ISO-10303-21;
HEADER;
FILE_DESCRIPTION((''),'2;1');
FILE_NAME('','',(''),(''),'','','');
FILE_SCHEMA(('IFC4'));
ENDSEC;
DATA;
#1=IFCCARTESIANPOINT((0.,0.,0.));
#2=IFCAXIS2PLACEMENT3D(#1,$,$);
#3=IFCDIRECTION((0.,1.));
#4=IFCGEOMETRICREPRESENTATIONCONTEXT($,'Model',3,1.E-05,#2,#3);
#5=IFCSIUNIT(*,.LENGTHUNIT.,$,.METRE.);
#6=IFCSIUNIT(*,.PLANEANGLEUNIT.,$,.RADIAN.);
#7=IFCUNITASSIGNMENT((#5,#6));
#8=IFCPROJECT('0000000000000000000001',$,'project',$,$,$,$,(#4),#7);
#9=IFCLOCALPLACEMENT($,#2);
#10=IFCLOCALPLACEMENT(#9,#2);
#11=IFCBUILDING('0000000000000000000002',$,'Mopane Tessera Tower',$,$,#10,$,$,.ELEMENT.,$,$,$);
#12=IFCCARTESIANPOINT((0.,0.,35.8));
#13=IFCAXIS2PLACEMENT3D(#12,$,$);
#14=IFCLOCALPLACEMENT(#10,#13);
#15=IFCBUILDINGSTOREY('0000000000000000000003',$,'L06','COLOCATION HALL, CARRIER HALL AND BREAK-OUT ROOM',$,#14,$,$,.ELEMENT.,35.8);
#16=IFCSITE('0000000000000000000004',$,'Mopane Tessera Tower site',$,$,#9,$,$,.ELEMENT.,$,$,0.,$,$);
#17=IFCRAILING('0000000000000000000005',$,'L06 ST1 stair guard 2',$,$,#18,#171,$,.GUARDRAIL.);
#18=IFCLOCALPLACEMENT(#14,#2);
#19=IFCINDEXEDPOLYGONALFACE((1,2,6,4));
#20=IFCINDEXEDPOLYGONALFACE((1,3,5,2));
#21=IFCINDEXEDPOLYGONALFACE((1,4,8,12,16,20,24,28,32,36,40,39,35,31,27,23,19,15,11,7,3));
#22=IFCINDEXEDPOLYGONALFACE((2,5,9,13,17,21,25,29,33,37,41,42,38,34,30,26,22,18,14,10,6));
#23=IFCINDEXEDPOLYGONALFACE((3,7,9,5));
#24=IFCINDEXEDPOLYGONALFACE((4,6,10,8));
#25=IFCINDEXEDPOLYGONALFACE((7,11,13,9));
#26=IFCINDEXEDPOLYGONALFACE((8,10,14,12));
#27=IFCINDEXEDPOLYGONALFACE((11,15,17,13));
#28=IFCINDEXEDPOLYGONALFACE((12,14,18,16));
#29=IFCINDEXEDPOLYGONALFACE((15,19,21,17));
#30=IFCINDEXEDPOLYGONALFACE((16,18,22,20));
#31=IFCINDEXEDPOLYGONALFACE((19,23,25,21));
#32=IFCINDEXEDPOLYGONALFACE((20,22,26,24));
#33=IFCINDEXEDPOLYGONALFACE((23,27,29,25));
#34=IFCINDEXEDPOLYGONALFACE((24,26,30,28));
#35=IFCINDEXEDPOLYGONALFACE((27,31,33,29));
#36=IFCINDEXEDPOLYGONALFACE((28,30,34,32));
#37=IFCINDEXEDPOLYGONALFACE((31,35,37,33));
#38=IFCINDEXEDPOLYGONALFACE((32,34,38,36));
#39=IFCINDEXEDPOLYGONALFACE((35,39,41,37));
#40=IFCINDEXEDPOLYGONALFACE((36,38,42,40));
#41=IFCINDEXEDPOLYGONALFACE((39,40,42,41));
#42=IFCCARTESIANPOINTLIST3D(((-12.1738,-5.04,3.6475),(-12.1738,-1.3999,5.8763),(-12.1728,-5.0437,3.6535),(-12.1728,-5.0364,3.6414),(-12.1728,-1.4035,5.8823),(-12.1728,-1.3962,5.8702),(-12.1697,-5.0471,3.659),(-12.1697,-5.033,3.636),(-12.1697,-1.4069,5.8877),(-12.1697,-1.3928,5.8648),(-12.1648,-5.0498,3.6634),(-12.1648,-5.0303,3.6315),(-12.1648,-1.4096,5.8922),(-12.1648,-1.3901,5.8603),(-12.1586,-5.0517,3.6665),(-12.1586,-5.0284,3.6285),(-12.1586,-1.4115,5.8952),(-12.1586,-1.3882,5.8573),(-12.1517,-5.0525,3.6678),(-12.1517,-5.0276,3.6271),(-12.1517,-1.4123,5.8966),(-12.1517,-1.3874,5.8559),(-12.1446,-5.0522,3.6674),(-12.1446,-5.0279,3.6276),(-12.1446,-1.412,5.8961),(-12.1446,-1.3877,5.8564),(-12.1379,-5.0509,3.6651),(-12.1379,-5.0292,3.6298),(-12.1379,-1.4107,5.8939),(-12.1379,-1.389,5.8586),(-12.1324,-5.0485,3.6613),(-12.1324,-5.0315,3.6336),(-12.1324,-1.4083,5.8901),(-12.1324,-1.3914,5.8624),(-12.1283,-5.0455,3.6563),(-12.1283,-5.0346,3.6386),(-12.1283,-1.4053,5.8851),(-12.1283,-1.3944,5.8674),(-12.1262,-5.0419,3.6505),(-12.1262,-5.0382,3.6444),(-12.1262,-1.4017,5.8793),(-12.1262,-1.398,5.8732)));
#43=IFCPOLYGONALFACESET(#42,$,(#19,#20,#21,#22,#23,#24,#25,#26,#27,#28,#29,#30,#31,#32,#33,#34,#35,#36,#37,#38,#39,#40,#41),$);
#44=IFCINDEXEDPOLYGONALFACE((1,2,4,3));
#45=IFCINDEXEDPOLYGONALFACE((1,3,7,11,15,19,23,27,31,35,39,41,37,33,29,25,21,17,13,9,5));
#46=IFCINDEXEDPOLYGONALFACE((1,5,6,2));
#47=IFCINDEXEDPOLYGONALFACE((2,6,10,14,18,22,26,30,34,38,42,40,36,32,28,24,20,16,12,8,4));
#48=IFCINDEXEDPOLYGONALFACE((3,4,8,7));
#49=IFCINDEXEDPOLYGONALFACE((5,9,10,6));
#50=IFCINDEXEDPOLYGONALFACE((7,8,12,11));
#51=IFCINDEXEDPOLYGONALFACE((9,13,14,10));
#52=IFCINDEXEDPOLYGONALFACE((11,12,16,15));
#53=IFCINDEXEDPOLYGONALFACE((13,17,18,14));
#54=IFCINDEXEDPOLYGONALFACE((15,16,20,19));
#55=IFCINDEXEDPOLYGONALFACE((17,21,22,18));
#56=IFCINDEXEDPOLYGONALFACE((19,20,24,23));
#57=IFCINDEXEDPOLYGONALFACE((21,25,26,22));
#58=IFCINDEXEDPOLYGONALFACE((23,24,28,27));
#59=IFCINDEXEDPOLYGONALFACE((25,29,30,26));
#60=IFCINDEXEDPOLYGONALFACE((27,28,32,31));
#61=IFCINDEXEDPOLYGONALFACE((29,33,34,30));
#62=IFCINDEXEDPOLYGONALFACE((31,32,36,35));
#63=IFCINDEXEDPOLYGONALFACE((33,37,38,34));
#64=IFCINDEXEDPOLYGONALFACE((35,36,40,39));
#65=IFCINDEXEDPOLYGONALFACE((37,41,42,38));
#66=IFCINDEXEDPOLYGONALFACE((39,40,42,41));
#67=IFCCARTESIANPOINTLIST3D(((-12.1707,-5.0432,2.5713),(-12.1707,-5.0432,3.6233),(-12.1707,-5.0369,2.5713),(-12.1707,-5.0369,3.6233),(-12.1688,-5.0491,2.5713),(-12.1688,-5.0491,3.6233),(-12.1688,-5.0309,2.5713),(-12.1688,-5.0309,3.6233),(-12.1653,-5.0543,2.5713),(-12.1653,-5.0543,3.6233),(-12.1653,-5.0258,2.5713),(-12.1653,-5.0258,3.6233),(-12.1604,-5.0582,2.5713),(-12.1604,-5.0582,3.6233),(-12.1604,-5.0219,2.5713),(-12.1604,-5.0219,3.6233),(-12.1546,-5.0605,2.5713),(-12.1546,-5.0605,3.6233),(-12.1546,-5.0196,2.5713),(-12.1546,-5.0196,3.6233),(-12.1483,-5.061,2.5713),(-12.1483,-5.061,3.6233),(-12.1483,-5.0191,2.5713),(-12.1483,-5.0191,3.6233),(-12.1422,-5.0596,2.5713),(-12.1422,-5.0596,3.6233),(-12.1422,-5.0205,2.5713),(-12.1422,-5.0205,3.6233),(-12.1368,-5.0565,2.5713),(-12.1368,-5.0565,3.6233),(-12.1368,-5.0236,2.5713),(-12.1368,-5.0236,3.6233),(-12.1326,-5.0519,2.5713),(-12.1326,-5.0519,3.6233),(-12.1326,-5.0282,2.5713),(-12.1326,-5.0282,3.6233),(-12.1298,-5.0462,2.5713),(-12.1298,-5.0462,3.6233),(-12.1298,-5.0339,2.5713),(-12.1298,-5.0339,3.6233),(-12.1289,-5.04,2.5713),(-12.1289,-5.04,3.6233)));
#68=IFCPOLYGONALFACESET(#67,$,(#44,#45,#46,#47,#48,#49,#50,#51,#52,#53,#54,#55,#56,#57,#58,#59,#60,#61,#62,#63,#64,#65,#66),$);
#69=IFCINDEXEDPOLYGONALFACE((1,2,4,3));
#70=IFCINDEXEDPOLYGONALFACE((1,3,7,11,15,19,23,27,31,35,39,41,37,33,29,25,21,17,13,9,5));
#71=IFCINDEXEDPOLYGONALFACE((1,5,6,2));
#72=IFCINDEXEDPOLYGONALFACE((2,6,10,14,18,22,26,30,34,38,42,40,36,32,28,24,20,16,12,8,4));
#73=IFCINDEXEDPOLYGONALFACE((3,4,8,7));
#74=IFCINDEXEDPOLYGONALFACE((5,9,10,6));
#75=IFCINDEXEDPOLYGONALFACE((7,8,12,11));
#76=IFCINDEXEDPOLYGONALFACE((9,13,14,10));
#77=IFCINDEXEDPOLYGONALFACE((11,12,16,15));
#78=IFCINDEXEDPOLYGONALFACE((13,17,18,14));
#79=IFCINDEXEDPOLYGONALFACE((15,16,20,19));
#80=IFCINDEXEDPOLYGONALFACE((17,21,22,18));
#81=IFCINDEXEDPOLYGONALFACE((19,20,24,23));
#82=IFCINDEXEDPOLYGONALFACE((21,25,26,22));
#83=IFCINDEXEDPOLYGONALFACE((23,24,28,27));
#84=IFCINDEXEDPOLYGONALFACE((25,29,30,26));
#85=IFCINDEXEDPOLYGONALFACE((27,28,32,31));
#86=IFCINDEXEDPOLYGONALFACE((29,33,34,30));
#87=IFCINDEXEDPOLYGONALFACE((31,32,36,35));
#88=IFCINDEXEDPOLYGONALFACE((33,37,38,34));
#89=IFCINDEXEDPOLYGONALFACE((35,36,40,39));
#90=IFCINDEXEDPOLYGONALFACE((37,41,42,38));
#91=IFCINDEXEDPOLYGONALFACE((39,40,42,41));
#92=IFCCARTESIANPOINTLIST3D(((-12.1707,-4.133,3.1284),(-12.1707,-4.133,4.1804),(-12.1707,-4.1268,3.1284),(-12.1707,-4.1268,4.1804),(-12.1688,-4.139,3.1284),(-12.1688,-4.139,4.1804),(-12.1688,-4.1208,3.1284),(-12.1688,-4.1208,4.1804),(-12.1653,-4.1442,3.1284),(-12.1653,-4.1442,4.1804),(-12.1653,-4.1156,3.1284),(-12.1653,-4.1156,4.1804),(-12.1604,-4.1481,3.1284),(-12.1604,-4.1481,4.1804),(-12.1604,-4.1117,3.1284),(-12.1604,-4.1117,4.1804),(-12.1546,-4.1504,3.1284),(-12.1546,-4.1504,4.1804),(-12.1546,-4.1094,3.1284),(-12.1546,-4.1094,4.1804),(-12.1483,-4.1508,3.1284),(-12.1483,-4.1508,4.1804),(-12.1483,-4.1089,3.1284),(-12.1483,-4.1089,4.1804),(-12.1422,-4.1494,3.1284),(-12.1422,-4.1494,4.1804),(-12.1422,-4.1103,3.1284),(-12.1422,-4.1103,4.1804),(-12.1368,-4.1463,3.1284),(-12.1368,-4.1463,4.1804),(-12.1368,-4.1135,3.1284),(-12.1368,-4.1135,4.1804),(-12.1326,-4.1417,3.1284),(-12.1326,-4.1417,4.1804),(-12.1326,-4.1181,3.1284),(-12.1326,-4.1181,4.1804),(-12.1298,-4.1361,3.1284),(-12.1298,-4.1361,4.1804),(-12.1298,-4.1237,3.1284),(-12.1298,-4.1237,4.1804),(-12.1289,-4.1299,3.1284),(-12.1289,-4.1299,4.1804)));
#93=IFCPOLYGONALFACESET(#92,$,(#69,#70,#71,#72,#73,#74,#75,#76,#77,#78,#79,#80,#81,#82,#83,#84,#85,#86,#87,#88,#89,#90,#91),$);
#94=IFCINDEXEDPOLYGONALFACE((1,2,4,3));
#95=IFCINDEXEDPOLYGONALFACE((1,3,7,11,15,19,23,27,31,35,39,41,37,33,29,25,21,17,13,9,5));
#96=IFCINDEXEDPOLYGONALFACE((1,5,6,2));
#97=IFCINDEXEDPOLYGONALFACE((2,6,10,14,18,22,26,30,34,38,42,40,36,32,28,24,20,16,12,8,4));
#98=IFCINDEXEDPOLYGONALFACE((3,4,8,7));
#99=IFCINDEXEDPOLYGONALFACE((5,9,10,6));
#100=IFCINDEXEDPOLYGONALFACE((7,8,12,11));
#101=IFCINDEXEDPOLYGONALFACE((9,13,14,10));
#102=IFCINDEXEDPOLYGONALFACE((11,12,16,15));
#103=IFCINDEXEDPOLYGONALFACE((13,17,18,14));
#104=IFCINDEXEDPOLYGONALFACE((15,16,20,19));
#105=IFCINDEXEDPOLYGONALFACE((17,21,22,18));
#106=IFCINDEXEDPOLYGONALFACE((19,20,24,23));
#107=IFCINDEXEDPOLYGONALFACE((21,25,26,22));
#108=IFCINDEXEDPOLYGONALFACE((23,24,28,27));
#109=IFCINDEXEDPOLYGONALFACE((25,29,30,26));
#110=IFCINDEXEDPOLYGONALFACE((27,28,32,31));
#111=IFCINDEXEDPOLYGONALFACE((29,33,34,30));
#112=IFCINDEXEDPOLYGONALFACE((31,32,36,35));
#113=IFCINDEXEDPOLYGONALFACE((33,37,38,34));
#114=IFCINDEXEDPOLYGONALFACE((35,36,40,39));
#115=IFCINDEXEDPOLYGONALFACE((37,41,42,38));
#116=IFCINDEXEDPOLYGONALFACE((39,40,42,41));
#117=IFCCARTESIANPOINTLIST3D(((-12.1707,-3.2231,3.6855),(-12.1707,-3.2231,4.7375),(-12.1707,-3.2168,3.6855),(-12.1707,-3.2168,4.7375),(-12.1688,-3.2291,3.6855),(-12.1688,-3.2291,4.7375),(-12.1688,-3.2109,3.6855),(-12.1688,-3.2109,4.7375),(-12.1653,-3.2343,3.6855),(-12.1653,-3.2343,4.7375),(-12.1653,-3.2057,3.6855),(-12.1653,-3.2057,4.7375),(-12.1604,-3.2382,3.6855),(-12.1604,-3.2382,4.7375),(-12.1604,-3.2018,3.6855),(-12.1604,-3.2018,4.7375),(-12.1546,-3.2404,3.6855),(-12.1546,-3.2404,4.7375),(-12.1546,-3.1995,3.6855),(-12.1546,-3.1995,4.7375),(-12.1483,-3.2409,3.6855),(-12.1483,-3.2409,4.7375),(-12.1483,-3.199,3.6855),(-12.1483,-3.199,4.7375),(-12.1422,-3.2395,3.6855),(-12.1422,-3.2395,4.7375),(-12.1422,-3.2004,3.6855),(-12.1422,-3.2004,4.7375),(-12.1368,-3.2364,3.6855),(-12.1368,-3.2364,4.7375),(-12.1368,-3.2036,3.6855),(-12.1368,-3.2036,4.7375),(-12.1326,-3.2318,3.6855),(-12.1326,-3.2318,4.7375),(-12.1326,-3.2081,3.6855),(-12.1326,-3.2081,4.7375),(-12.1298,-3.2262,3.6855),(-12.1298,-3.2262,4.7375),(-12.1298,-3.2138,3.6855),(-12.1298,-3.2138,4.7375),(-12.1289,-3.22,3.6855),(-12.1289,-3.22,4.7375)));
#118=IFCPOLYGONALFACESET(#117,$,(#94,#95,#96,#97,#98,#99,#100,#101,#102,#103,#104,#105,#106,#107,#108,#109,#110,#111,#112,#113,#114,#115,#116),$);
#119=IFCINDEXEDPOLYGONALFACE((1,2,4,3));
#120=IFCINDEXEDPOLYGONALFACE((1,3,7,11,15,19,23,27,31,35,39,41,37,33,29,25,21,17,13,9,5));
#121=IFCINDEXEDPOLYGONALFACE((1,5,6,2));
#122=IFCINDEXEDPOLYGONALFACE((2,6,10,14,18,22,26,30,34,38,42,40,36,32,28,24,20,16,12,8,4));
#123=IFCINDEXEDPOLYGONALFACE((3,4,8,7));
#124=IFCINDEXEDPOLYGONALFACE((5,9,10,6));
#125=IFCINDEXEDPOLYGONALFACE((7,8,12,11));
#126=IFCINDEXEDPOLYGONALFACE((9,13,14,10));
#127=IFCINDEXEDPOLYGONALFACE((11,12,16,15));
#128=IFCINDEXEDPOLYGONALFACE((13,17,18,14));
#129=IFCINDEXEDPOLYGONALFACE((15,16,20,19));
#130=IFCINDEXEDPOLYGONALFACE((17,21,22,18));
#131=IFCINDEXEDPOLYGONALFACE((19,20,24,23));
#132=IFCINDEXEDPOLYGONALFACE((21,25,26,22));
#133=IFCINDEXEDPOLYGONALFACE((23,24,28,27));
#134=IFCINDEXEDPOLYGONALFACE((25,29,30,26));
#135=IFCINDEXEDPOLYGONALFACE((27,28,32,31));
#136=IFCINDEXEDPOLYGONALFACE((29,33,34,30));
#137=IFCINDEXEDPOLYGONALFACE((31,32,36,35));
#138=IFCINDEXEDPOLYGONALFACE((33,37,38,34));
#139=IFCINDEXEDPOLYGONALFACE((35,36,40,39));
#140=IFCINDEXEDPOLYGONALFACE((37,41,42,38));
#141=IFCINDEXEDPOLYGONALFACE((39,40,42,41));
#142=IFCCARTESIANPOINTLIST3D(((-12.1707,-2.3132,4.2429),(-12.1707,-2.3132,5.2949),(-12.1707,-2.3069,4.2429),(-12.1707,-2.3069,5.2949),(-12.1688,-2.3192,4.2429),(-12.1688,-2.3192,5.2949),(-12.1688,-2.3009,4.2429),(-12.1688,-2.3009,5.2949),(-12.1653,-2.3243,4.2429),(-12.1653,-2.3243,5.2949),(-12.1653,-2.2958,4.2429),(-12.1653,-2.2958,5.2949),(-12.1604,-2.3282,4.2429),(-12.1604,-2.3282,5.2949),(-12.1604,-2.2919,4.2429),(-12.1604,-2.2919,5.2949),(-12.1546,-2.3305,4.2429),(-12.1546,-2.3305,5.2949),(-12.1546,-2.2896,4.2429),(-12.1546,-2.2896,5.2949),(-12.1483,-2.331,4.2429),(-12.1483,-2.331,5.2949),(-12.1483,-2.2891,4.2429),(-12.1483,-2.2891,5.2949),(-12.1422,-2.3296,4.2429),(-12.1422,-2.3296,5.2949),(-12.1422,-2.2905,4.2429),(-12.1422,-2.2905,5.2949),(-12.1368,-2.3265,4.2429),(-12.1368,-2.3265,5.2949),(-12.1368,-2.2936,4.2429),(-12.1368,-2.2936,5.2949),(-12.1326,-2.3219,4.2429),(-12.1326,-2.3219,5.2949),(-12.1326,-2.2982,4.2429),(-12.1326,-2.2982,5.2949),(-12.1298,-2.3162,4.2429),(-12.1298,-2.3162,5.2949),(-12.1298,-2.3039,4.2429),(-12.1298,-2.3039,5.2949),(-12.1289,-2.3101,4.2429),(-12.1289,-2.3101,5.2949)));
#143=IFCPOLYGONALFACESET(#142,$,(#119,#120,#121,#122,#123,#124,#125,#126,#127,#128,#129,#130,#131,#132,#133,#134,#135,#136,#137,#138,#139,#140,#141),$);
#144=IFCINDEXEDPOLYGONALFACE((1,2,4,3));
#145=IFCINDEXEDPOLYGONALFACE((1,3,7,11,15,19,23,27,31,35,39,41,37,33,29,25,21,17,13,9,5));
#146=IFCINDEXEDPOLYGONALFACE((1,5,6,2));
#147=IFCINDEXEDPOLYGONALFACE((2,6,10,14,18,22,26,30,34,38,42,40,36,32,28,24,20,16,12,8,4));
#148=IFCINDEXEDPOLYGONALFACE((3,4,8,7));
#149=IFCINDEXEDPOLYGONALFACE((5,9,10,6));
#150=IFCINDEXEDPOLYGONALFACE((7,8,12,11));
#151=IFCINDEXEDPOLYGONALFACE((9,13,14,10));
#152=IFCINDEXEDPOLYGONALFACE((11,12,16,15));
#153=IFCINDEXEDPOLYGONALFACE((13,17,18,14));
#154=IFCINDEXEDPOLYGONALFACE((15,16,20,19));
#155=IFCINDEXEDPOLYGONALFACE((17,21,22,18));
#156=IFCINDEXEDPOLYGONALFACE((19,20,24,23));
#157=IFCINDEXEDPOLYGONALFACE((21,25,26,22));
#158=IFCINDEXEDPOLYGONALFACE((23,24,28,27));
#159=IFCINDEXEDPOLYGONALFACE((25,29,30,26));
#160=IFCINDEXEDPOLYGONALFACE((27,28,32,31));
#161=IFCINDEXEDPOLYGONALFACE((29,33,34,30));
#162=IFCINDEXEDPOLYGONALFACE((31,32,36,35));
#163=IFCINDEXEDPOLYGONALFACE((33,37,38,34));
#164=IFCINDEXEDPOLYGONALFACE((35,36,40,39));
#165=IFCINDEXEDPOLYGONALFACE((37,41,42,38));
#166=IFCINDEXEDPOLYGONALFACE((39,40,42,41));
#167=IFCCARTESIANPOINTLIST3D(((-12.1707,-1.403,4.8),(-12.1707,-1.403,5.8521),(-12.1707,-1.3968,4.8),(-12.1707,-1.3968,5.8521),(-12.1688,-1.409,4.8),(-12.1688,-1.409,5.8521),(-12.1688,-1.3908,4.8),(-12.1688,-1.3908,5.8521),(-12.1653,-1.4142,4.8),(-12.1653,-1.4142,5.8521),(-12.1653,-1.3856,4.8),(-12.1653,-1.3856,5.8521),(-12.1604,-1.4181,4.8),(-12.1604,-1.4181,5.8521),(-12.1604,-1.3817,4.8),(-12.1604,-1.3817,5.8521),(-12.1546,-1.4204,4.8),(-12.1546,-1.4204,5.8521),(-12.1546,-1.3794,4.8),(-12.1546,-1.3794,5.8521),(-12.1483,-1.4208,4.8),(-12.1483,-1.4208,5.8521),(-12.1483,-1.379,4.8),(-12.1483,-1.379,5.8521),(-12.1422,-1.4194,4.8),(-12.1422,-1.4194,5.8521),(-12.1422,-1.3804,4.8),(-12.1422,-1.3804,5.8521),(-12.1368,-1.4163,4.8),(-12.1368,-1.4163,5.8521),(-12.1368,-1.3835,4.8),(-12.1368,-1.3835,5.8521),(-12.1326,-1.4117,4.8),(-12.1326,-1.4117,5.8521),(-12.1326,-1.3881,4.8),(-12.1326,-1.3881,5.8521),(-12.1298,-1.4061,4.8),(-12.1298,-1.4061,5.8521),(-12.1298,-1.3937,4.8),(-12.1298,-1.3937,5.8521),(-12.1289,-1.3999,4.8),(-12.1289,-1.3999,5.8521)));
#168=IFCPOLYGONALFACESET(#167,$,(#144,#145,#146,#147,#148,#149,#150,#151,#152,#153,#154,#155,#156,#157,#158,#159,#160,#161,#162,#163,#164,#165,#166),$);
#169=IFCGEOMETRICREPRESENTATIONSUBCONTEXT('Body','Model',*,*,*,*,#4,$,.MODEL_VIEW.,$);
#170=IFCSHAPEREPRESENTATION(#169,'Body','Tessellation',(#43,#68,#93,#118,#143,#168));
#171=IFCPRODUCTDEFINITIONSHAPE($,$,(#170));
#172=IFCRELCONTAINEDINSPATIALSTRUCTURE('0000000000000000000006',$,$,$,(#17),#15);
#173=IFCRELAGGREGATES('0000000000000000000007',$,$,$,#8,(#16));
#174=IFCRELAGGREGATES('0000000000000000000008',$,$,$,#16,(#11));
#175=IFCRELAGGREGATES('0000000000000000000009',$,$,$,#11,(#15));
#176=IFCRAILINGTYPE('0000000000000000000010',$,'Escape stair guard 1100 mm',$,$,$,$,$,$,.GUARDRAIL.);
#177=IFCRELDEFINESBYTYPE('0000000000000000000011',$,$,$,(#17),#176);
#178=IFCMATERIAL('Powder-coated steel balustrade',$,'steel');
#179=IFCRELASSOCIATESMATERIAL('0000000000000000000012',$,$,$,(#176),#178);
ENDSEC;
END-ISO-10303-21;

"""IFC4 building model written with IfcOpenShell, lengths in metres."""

from ifc_helpers import new_model, si_unit, direction, frame, origin, origin_2d, place, context, subcontext, project, spatial, circle, extrude, material, type_object, element, save


model = new_model("IFC4")

# Units and contexts
model_context = context("Model", 3, precision=1e-05, world=origin(), true_north=direction((0.0, 1.0)))
body_context = subcontext(model_context, "Body", "Model", "MODEL_VIEW")
ifc_project = project(units=[si_unit("LENGTHUNIT", "METRE"), si_unit("PLANEANGLEUNIT", "RADIAN")], contexts=[model_context])

# Site, building, storey
site_placement = place(None, origin())
site = spatial("IfcSite", under=ifc_project, at=site_placement, Name="Mopane Tessera Tower site", CompositionType="ELEMENT", RefElevation=0.0)
building_placement = place(site_placement, origin())
building = spatial("IfcBuilding", under=site, at=building_placement, Name="Mopane Tessera Tower", CompositionType="ELEMENT")
storey_placement = place(building_placement, frame((0.0, 0.0, 35.8)))
storey = spatial("IfcBuildingStorey", under=building, at=storey_placement, Name="L06", Description="COLOCATION HALL, CARRIER HALL AND BREAK-OUT ROOM", CompositionType="ELEMENT", Elevation=35.8)

# Railing
ifc_material_1 = material(Name="Powder-coated steel balustrade", Category="steel")
railing_type = type_object("IfcRailingType", Name="Escape stair guard 1100 mm", PredefinedType="GUARDRAIL", material=ifc_material_1)
railing_placement = place(storey_placement, frame((-12.1499, -5.04, 2.5713)))
element("IfcRailing", 1, at=railing_placement, inside=storey, type_object=railing_type, Name="L06 ST1 stair guard 2", PredefinedType="GUARDRAIL", context=body_context, shape_type="SweptSolid", body=[
    extrude(circle(Radius=0.0239, at=origin_2d()), frame((0.0, 0.0, 1.0762), z_axis=(0.0, 0.85284, 0.522172), x_axis=(-1.0, 0.0, 0.0)), (0.0, 0.0, 1.0), 4.2683),
    extrude(circle(Radius=0.021, at=origin_2d()), origin(), (0.0, 0.0, 1.0), 1.052),
    extrude(circle(Radius=0.021, at=origin_2d()), frame((0.0, 0.9102, 0.5571)), (0.0, 0.0, 1.0), 1.052),
    extrude(circle(Radius=0.021, at=origin_2d()), frame((0.0, 1.8201, 1.1143)), (0.0, 0.0, 1.0), 1.052),
    extrude(circle(Radius=0.021, at=origin_2d()), frame((0.0, 2.73, 1.6716)), (0.0, 0.0, 1.0), 1.052),
    extrude(circle(Radius=0.021, at=origin_2d()), frame((0.0, 3.6401, 2.2288)), (0.0, 0.0, 1.0), 1.052),
])

save(model, "model.ifc")
